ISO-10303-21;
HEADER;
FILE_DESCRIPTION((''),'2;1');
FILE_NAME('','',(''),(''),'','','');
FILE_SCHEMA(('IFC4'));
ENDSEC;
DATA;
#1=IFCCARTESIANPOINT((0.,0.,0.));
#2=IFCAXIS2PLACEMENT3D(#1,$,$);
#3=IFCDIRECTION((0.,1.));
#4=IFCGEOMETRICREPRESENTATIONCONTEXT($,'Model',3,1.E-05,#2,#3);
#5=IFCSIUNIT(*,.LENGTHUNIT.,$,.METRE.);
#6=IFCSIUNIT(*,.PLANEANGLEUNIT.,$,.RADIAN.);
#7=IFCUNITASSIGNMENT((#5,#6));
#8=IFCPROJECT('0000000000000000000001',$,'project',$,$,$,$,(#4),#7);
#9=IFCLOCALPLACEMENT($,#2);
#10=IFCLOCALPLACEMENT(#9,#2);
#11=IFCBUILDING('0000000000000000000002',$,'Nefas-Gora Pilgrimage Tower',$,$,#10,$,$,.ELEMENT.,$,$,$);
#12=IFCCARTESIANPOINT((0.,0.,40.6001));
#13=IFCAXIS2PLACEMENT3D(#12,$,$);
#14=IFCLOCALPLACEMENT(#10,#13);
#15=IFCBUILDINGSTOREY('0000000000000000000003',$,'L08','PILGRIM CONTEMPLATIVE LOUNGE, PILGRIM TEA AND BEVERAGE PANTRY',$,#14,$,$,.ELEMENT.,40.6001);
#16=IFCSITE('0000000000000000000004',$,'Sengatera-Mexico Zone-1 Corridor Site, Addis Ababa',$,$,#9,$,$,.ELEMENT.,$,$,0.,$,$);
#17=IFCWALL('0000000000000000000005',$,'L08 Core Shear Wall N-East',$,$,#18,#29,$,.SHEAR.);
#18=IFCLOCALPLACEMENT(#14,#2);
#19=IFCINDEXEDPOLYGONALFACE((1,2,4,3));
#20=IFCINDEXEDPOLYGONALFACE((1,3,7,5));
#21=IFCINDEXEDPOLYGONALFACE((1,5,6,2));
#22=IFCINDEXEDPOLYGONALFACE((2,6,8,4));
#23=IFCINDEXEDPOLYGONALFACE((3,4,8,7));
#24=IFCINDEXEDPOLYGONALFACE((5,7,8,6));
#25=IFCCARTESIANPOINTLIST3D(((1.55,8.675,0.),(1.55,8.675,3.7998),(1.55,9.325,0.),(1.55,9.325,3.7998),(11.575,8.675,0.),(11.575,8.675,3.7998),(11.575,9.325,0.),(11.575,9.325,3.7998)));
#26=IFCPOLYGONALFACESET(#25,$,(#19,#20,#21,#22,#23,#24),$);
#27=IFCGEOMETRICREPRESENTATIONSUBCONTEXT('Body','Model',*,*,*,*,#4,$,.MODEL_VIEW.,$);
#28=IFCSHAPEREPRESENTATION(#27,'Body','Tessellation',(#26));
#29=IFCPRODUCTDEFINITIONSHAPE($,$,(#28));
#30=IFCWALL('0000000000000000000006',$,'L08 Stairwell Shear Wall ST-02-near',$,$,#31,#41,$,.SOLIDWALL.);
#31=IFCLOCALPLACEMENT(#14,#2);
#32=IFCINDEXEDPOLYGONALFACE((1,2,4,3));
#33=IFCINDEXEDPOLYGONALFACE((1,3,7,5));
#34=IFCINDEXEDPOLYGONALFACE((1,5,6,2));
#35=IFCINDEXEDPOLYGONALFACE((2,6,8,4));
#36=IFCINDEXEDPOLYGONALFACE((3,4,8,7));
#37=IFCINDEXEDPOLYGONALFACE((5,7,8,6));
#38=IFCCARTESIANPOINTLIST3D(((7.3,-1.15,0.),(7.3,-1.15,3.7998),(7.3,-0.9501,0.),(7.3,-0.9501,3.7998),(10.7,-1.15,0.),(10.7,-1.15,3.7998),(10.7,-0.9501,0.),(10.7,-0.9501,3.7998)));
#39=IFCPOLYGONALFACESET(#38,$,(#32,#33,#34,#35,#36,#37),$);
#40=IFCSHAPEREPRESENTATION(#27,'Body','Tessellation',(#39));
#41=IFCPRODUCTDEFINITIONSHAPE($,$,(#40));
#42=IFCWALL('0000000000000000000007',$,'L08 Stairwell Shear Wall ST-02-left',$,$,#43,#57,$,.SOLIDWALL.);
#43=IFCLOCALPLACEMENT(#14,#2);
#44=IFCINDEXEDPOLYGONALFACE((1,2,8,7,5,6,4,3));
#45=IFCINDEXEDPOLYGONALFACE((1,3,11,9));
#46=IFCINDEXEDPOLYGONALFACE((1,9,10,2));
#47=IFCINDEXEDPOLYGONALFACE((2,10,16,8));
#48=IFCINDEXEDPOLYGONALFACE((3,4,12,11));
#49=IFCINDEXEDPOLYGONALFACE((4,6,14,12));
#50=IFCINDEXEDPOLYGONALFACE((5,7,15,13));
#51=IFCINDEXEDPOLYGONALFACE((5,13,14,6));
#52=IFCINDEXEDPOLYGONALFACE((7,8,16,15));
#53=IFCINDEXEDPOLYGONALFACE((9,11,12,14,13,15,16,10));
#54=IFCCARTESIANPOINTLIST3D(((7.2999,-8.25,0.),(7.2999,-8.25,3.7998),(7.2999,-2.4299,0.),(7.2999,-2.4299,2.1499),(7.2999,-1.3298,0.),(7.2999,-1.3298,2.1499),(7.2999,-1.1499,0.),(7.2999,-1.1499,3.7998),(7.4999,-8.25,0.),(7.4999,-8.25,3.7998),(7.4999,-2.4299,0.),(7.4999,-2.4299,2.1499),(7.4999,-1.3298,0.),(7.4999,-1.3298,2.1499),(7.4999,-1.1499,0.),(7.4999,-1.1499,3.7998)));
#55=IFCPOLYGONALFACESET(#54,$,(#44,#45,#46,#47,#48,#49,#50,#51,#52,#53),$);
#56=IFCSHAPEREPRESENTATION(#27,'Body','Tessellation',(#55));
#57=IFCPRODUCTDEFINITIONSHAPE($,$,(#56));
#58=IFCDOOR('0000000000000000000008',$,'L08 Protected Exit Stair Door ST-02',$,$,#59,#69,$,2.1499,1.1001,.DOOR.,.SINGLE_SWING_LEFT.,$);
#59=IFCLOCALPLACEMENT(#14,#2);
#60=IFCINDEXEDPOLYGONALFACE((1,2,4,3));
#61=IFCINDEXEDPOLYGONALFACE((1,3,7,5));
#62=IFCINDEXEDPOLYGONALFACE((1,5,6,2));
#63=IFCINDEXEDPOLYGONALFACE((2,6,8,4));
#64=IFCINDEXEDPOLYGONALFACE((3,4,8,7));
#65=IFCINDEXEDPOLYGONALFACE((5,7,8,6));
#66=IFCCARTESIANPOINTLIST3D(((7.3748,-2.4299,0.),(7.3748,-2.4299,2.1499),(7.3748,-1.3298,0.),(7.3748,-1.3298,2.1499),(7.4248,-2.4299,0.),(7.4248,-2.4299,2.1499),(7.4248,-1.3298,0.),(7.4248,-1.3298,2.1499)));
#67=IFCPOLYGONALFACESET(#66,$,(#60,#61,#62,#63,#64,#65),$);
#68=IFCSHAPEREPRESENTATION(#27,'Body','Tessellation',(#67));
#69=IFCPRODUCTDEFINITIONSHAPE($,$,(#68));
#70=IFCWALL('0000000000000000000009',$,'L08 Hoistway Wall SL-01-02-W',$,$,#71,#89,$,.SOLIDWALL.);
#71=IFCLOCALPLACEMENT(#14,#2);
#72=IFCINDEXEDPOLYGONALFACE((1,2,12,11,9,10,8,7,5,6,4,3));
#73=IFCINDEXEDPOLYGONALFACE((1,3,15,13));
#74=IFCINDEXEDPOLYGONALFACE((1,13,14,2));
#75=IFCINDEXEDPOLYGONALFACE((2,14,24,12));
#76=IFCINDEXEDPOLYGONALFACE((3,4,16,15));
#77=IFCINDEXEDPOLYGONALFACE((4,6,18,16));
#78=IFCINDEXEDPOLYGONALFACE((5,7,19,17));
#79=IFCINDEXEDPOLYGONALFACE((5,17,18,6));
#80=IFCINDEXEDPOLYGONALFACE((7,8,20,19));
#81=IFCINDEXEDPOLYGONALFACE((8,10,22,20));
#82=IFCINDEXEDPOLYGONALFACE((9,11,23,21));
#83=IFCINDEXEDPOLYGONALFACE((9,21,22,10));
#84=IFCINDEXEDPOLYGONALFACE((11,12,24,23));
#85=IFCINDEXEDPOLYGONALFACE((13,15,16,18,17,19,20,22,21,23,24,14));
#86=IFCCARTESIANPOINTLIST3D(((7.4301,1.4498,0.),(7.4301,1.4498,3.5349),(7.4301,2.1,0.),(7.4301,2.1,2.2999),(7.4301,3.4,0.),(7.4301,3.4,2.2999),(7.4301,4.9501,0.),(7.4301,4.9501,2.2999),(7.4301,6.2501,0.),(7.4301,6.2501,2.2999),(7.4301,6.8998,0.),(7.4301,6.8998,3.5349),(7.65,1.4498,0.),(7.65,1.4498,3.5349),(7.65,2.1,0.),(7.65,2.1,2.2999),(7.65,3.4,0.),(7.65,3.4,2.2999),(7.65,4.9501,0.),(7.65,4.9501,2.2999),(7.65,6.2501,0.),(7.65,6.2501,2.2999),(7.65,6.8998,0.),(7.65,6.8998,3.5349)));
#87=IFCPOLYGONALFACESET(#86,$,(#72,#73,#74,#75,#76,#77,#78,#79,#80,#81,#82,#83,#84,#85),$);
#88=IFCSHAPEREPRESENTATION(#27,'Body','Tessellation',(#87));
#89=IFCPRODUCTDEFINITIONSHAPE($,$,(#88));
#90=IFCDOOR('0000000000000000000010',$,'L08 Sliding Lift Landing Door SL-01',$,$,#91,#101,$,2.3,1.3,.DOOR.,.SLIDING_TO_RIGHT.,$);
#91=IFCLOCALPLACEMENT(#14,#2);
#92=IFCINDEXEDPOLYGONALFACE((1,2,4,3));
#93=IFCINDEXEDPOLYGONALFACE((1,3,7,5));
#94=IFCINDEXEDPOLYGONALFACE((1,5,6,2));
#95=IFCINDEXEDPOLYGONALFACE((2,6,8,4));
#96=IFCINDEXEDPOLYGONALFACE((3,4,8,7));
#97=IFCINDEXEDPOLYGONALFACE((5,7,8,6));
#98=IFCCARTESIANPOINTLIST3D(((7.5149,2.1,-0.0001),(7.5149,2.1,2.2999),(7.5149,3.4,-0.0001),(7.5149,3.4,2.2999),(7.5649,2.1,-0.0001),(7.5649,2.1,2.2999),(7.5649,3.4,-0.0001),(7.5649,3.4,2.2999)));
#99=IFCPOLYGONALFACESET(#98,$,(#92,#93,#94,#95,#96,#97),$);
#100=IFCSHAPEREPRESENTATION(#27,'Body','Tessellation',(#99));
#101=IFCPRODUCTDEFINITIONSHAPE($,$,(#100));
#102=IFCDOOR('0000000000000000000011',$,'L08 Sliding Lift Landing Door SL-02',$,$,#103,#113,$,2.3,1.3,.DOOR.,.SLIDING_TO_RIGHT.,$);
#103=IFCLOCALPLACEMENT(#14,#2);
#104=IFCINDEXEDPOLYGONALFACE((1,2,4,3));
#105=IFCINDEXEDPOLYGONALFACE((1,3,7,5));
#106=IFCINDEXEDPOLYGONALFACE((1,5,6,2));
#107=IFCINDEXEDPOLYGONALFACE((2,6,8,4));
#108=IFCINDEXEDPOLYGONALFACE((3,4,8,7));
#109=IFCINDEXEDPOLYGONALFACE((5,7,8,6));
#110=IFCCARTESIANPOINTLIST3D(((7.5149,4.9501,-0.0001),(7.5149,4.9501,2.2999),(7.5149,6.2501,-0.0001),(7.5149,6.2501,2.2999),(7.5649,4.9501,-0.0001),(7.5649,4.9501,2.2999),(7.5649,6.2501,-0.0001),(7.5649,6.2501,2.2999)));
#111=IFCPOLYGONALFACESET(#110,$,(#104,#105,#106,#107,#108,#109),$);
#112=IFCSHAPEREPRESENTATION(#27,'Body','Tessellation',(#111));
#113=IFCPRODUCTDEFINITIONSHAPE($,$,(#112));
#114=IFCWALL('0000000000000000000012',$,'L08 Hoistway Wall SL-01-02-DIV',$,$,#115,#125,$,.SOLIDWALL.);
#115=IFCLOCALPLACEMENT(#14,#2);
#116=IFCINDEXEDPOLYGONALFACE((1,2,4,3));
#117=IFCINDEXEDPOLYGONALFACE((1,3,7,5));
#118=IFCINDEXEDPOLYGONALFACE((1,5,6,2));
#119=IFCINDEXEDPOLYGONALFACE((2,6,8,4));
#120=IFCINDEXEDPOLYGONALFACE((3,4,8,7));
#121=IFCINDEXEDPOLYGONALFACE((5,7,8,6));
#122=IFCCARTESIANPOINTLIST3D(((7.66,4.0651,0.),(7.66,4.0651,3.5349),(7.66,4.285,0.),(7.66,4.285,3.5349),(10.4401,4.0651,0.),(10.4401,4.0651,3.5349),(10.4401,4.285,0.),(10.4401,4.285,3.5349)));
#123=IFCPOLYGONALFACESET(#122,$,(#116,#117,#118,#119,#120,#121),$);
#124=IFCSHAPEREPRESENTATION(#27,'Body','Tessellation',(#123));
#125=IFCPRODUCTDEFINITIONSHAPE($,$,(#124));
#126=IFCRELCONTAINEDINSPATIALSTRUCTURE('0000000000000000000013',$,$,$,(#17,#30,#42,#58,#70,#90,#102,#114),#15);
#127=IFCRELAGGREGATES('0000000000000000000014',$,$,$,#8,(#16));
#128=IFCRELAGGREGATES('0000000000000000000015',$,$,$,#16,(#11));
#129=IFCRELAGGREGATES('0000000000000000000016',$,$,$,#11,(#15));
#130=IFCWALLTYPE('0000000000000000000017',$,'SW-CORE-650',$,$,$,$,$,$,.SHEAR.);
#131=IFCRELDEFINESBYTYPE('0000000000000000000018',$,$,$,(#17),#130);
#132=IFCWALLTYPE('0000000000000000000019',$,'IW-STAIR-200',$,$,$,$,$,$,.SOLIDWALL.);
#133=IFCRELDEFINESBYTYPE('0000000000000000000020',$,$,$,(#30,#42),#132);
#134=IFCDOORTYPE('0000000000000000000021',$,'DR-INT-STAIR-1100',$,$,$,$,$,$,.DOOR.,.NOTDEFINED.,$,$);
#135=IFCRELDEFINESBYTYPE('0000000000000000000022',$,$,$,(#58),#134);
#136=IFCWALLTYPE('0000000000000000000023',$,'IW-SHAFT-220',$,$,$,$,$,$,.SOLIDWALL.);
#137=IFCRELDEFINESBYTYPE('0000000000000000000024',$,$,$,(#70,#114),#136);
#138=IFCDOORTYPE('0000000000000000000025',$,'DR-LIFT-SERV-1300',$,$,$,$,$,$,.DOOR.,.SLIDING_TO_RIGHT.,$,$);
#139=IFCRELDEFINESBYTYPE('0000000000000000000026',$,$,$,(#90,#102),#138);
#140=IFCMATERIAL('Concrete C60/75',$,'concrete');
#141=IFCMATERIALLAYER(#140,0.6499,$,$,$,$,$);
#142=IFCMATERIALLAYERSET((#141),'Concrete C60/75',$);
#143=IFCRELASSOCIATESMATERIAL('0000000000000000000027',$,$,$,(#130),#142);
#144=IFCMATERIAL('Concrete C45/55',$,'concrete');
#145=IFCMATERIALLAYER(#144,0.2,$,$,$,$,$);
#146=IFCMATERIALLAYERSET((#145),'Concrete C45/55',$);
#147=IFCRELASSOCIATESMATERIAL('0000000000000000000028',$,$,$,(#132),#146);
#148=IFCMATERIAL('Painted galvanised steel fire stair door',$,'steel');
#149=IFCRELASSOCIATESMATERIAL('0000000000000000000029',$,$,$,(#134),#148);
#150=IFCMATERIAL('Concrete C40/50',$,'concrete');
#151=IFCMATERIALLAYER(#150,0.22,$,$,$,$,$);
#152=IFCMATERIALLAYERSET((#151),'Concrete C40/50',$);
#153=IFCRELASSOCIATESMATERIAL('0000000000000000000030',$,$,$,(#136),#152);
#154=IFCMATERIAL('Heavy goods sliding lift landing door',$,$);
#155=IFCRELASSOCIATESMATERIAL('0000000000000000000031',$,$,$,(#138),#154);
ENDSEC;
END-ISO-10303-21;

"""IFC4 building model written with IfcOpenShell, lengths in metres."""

from ifc_helpers import new_model, si_unit, direction, frame, frame_2d, origin, place, context, subcontext, project, spatial, rectangle, extrude, source, transform, mapped, material, layer, layer_set, type_object, element, fill, save


model = new_model("IFC4")

# Units and contexts
model_context = context("Model", 3, precision=1e-05, world=origin(), true_north=direction((0.0, 1.0)))
body_context = subcontext(model_context, "Body", "Model", "MODEL_VIEW")
ifc_project = project(units=[si_unit("LENGTHUNIT", "METRE"), si_unit("PLANEANGLEUNIT", "RADIAN")], contexts=[model_context])

# Site, building, storey
site_placement = place(None, origin())
site = spatial("IfcSite", under=ifc_project, at=site_placement, Name="Sengatera-Mexico Zone-1 Corridor Site, Addis Ababa", CompositionType="ELEMENT", RefElevation=0.0)
building_placement = place(site_placement, origin())
building = spatial("IfcBuilding", under=site, at=building_placement, Name="Nefas-Gora Pilgrimage Tower", CompositionType="ELEMENT")
storey_placement = place(building_placement, frame((0.0, 0.0, 40.6001)))
storey = spatial("IfcBuildingStorey", under=building, at=storey_placement, Name="L08", Description="PILGRIM CONTEMPLATIVE LOUNGE, PILGRIM TEA AND BEVERAGE PANTRY", CompositionType="ELEMENT", Elevation=40.6001)

# Walls
ifc_material_1 = material(Name="Concrete C60/75", Category="concrete")
ifc_layer_1 = layer(ifc_material_1, 0.6499)
ifc_layer_set_1 = layer_set([ifc_layer_1], Name="Concrete C60/75")
wall_type_1 = type_object("IfcWallType", Name="SW-CORE-650", PredefinedType="SHEAR", material=ifc_layer_set_1)
shared_shape_1 = source(origin(), body_context, "Body", "SweptSolid", [
    extrude(rectangle(XDim=10.0249, YDim=0.6499, at=frame_2d((5.0125, 0.0))), origin(), (0.0, 0.0, 1.0), 3.7998),
])
wall_1_placement = place(storey_placement, frame((1.55, 9.0, 0.0), z_axis=(0.0, 0.0, 1.0), x_axis=(1.0, 0.0, 0.0)))
element("IfcWall", 1, at=wall_1_placement, inside=storey, type_object=wall_type_1, Name="L08 Core Shear Wall N-East", PredefinedType="SHEAR", context=body_context, shape_type="MappedRepresentation", body=[
    mapped(shared_shape_1, transform((0.0, 0.0, 0.0), x_axis=(1.0, 0.0, 0.0), y_axis=(0.0, 1.0, 0.0), z_axis=(0.0, 0.0, 1.0), scale=1.0)),
])
ifc_material_2 = material(Name="Concrete C45/55", Category="concrete")
ifc_layer_2 = layer(ifc_material_2, 0.2)
ifc_layer_set_2 = layer_set([ifc_layer_2], Name="Concrete C45/55")
wall_type_2 = type_object("IfcWallType", Name="IW-STAIR-200", PredefinedType="SOLIDWALL", material=ifc_layer_set_2)
shared_shape_2 = source(origin(), body_context, "Body", "SweptSolid", [
    extrude(rectangle(XDim=3.3999, YDim=0.2, at=frame_2d((1.7, 0.0))), origin(), (0.0, 0.0, 1.0), 3.7998),
])
wall_2_placement = place(storey_placement, frame((7.3, -1.05, 0.0), z_axis=(0.0, 0.0, 1.0), x_axis=(1.0, 0.0, 0.0)))
element("IfcWall", 2, at=wall_2_placement, inside=storey, type_object=wall_type_2, Name="L08 Stairwell Shear Wall ST-02-near", PredefinedType="SOLIDWALL", context=body_context, shape_type="MappedRepresentation", body=[
    mapped(shared_shape_2, transform((0.0, 0.0, 0.0), x_axis=(1.0, 0.0, 0.0), y_axis=(0.0, 1.0, 0.0), z_axis=(0.0, 0.0, 1.0), scale=1.0)),
])

# Wall, opening, door
shared_shape_3 = source(origin(), body_context, "Body", "SweptSolid", [
    extrude(rectangle(XDim=7.1001, YDim=0.2, at=frame_2d((3.55, 0.0))), origin(), (0.0, 0.0, 1.0), 3.7998),
])
wall_3_placement = place(storey_placement, frame((7.3999, -1.1499, 0.0), z_axis=(0.0, 0.0, 1.0), x_axis=(0.0, -1.0, 0.0)))
wall_3 = element("IfcWall", 3, at=wall_3_placement, inside=storey, type_object=wall_type_2, Name="L08 Stairwell Shear Wall ST-02-left", PredefinedType="SOLIDWALL", context=body_context, shape_type="MappedRepresentation", body=[
    mapped(shared_shape_3, transform((0.0, 0.0, 0.0), x_axis=(1.0, 0.0, 0.0), y_axis=(0.0, 1.0, 0.0), z_axis=(0.0, 0.0, 1.0), scale=1.0)),
])
opening_1_placement = place(wall_3_placement, frame((0.1799, 0.0, 0.0)))
opening_1 = element("IfcOpeningElement", 4, at=opening_1_placement, cuts=wall_3, PredefinedType="OPENING", context=body_context, shape_type="SweptSolid", body=[
    extrude(rectangle(XDim=1.1001, YDim=2.1499, at=frame_2d((0.55, 1.075))), frame((0.0, 0.1099, 0.0), z_axis=(0.0, -1.0, 0.0), x_axis=(1.0, 0.0, 0.0)), (0.0, 0.0, 1.0), 0.22),
])
ifc_material_3 = material(Name="Painted galvanised steel fire stair door", Category="steel")
door_type_1 = type_object("IfcDoorType", Name="DR-INT-STAIR-1100", OperationType="NOTDEFINED", PredefinedType="DOOR", material=ifc_material_3)
shared_shape_4 = source(origin(), body_context, "Body", "SweptSolid", [
    extrude(rectangle(XDim=1.1001, YDim=2.1499, at=frame_2d((0.55, 1.075))), frame((0.0, 0.0249, 0.0), z_axis=(0.0, -1.0, 0.0), x_axis=(1.0, 0.0, 0.0)), (0.0, 0.0, 1.0), 0.05),
])
door_1_placement = place(opening_1_placement, origin())
door_1 = element("IfcDoor", 5, at=door_1_placement, inside=storey, type_object=door_type_1, Name="L08 Protected Exit Stair Door ST-02", OperationType="SINGLE_SWING_LEFT", OverallHeight=2.1499, OverallWidth=1.1001, PredefinedType="DOOR", context=body_context, shape_type="MappedRepresentation", body=[
    mapped(shared_shape_4, transform((0.0, 0.0, 0.0), x_axis=(1.0, 0.0, 0.0), y_axis=(0.0, 1.0, 0.0), z_axis=(0.0, 0.0, 1.0), scale=1.0)),
])
fill(opening_1, door_1)

# Wall, openings, doors
ifc_material_4 = material(Name="Concrete C40/50", Category="concrete")
ifc_layer_3 = layer(ifc_material_4, 0.22)
ifc_layer_set_3 = layer_set([ifc_layer_3], Name="Concrete C40/50")
wall_type_3 = type_object("IfcWallType", Name="IW-SHAFT-220", PredefinedType="SOLIDWALL", material=ifc_layer_set_3)
shared_shape_5 = source(origin(), body_context, "Body", "SweptSolid", [
    extrude(rectangle(XDim=5.45, YDim=0.22, at=frame_2d((2.7251, 0.0))), origin(), (0.0, 0.0, 1.0), 3.5349),
])
wall_4_placement = place(storey_placement, frame((7.54, 6.8999, 0.0), z_axis=(0.0, 0.0, 1.0), x_axis=(0.0, -1.0, 0.0)))
wall_4 = element("IfcWall", 6, at=wall_4_placement, inside=storey, type_object=wall_type_3, Name="L08 Hoistway Wall SL-01-02-W", PredefinedType="SOLIDWALL", context=body_context, shape_type="MappedRepresentation", body=[
    mapped(shared_shape_5, transform((0.0, 0.0, 0.0), x_axis=(1.0, 0.0, 0.0), y_axis=(0.0, 1.0, 0.0), z_axis=(0.0, 0.0, 1.0), scale=1.0)),
])
opening_2_placement = place(wall_4_placement, frame((3.5, 0.0, 0.0)))
opening_2 = element("IfcOpeningElement", 7, at=opening_2_placement, cuts=wall_4, PredefinedType="OPENING", context=body_context, shape_type="SweptSolid", body=[
    extrude(rectangle(XDim=1.3, YDim=2.3, at=frame_2d((0.6499, 1.1499))), frame((0.0, 0.1199, 0.0), z_axis=(0.0, -1.0, 0.0), x_axis=(1.0, 0.0, 0.0)), (0.0, 0.0, 1.0), 0.24),
])
opening_3_placement = place(wall_4_placement, frame((0.6499, 0.0, 0.0)))
opening_3 = element("IfcOpeningElement", 8, at=opening_3_placement, cuts=wall_4, PredefinedType="OPENING", context=body_context, shape_type="SweptSolid", body=[
    extrude(rectangle(XDim=1.3, YDim=2.3, at=frame_2d((0.6499, 1.1499))), frame((0.0, 0.1199, 0.0), z_axis=(0.0, -1.0, 0.0), x_axis=(1.0, 0.0, 0.0)), (0.0, 0.0, 1.0), 0.24),
])
ifc_material_5 = material(Name="Heavy goods sliding lift landing door")
door_type_2 = type_object("IfcDoorType", Name="DR-LIFT-SERV-1300", OperationType="SLIDING_TO_RIGHT", PredefinedType="DOOR", material=ifc_material_5)
shared_shape_6 = source(origin(), body_context, "Body", "SweptSolid", [
    extrude(rectangle(XDim=1.3, YDim=2.3, at=frame_2d((0.6499, 1.1499))), frame((0.0, 0.0249, 0.0), z_axis=(0.0, -1.0, 0.0), x_axis=(1.0, 0.0, 0.0)), (0.0, 0.0, 1.0), 0.05),
])
door_2_placement = place(opening_2_placement, origin())
door_2 = element("IfcDoor", 9, at=door_2_placement, inside=storey, type_object=door_type_2, Name="L08 Sliding Lift Landing Door SL-01", OperationType="SLIDING_TO_RIGHT", OverallHeight=2.3, OverallWidth=1.3, PredefinedType="DOOR", context=body_context, shape_type="MappedRepresentation", body=[
    mapped(shared_shape_6, transform((0.0, 0.0, 0.0), x_axis=(1.0, 0.0, 0.0), y_axis=(0.0, 1.0, 0.0), z_axis=(0.0, 0.0, 1.0), scale=1.0)),
])
fill(opening_2, door_2)
door_3_placement = place(opening_3_placement, origin())
door_3 = element("IfcDoor", 10, at=door_3_placement, inside=storey, type_object=door_type_2, Name="L08 Sliding Lift Landing Door SL-02", OperationType="SLIDING_TO_RIGHT", OverallHeight=2.3, OverallWidth=1.3, PredefinedType="DOOR", context=body_context, shape_type="MappedRepresentation", body=[
    mapped(shared_shape_6, transform((0.0, 0.0, 0.0), x_axis=(1.0, 0.0, 0.0), y_axis=(0.0, 1.0, 0.0), z_axis=(0.0, 0.0, 1.0), scale=1.0)),
])
fill(opening_3, door_3)

# Wall
shared_shape_7 = source(origin(), body_context, "Body", "SweptSolid", [
    extrude(rectangle(XDim=2.78, YDim=0.22, at=frame_2d((1.3901, 0.0))), origin(), (0.0, 0.0, 1.0), 3.5349),
])
wall_5_placement = place(storey_placement, frame((7.6599, 4.175, 0.0), z_axis=(0.0, 0.0, 1.0), x_axis=(1.0, 0.0, 0.0)))
element("IfcWall", 11, at=wall_5_placement, inside=storey, type_object=wall_type_3, Name="L08 Hoistway Wall SL-01-02-DIV", PredefinedType="SOLIDWALL", context=body_context, shape_type="MappedRepresentation", body=[
    mapped(shared_shape_7, transform((0.0, 0.0, 0.0), x_axis=(1.0, 0.0, 0.0), y_axis=(0.0, 1.0, 0.0), z_axis=(0.0, 0.0, 1.0), scale=1.0)),
])

save(model, "model.ifc")
